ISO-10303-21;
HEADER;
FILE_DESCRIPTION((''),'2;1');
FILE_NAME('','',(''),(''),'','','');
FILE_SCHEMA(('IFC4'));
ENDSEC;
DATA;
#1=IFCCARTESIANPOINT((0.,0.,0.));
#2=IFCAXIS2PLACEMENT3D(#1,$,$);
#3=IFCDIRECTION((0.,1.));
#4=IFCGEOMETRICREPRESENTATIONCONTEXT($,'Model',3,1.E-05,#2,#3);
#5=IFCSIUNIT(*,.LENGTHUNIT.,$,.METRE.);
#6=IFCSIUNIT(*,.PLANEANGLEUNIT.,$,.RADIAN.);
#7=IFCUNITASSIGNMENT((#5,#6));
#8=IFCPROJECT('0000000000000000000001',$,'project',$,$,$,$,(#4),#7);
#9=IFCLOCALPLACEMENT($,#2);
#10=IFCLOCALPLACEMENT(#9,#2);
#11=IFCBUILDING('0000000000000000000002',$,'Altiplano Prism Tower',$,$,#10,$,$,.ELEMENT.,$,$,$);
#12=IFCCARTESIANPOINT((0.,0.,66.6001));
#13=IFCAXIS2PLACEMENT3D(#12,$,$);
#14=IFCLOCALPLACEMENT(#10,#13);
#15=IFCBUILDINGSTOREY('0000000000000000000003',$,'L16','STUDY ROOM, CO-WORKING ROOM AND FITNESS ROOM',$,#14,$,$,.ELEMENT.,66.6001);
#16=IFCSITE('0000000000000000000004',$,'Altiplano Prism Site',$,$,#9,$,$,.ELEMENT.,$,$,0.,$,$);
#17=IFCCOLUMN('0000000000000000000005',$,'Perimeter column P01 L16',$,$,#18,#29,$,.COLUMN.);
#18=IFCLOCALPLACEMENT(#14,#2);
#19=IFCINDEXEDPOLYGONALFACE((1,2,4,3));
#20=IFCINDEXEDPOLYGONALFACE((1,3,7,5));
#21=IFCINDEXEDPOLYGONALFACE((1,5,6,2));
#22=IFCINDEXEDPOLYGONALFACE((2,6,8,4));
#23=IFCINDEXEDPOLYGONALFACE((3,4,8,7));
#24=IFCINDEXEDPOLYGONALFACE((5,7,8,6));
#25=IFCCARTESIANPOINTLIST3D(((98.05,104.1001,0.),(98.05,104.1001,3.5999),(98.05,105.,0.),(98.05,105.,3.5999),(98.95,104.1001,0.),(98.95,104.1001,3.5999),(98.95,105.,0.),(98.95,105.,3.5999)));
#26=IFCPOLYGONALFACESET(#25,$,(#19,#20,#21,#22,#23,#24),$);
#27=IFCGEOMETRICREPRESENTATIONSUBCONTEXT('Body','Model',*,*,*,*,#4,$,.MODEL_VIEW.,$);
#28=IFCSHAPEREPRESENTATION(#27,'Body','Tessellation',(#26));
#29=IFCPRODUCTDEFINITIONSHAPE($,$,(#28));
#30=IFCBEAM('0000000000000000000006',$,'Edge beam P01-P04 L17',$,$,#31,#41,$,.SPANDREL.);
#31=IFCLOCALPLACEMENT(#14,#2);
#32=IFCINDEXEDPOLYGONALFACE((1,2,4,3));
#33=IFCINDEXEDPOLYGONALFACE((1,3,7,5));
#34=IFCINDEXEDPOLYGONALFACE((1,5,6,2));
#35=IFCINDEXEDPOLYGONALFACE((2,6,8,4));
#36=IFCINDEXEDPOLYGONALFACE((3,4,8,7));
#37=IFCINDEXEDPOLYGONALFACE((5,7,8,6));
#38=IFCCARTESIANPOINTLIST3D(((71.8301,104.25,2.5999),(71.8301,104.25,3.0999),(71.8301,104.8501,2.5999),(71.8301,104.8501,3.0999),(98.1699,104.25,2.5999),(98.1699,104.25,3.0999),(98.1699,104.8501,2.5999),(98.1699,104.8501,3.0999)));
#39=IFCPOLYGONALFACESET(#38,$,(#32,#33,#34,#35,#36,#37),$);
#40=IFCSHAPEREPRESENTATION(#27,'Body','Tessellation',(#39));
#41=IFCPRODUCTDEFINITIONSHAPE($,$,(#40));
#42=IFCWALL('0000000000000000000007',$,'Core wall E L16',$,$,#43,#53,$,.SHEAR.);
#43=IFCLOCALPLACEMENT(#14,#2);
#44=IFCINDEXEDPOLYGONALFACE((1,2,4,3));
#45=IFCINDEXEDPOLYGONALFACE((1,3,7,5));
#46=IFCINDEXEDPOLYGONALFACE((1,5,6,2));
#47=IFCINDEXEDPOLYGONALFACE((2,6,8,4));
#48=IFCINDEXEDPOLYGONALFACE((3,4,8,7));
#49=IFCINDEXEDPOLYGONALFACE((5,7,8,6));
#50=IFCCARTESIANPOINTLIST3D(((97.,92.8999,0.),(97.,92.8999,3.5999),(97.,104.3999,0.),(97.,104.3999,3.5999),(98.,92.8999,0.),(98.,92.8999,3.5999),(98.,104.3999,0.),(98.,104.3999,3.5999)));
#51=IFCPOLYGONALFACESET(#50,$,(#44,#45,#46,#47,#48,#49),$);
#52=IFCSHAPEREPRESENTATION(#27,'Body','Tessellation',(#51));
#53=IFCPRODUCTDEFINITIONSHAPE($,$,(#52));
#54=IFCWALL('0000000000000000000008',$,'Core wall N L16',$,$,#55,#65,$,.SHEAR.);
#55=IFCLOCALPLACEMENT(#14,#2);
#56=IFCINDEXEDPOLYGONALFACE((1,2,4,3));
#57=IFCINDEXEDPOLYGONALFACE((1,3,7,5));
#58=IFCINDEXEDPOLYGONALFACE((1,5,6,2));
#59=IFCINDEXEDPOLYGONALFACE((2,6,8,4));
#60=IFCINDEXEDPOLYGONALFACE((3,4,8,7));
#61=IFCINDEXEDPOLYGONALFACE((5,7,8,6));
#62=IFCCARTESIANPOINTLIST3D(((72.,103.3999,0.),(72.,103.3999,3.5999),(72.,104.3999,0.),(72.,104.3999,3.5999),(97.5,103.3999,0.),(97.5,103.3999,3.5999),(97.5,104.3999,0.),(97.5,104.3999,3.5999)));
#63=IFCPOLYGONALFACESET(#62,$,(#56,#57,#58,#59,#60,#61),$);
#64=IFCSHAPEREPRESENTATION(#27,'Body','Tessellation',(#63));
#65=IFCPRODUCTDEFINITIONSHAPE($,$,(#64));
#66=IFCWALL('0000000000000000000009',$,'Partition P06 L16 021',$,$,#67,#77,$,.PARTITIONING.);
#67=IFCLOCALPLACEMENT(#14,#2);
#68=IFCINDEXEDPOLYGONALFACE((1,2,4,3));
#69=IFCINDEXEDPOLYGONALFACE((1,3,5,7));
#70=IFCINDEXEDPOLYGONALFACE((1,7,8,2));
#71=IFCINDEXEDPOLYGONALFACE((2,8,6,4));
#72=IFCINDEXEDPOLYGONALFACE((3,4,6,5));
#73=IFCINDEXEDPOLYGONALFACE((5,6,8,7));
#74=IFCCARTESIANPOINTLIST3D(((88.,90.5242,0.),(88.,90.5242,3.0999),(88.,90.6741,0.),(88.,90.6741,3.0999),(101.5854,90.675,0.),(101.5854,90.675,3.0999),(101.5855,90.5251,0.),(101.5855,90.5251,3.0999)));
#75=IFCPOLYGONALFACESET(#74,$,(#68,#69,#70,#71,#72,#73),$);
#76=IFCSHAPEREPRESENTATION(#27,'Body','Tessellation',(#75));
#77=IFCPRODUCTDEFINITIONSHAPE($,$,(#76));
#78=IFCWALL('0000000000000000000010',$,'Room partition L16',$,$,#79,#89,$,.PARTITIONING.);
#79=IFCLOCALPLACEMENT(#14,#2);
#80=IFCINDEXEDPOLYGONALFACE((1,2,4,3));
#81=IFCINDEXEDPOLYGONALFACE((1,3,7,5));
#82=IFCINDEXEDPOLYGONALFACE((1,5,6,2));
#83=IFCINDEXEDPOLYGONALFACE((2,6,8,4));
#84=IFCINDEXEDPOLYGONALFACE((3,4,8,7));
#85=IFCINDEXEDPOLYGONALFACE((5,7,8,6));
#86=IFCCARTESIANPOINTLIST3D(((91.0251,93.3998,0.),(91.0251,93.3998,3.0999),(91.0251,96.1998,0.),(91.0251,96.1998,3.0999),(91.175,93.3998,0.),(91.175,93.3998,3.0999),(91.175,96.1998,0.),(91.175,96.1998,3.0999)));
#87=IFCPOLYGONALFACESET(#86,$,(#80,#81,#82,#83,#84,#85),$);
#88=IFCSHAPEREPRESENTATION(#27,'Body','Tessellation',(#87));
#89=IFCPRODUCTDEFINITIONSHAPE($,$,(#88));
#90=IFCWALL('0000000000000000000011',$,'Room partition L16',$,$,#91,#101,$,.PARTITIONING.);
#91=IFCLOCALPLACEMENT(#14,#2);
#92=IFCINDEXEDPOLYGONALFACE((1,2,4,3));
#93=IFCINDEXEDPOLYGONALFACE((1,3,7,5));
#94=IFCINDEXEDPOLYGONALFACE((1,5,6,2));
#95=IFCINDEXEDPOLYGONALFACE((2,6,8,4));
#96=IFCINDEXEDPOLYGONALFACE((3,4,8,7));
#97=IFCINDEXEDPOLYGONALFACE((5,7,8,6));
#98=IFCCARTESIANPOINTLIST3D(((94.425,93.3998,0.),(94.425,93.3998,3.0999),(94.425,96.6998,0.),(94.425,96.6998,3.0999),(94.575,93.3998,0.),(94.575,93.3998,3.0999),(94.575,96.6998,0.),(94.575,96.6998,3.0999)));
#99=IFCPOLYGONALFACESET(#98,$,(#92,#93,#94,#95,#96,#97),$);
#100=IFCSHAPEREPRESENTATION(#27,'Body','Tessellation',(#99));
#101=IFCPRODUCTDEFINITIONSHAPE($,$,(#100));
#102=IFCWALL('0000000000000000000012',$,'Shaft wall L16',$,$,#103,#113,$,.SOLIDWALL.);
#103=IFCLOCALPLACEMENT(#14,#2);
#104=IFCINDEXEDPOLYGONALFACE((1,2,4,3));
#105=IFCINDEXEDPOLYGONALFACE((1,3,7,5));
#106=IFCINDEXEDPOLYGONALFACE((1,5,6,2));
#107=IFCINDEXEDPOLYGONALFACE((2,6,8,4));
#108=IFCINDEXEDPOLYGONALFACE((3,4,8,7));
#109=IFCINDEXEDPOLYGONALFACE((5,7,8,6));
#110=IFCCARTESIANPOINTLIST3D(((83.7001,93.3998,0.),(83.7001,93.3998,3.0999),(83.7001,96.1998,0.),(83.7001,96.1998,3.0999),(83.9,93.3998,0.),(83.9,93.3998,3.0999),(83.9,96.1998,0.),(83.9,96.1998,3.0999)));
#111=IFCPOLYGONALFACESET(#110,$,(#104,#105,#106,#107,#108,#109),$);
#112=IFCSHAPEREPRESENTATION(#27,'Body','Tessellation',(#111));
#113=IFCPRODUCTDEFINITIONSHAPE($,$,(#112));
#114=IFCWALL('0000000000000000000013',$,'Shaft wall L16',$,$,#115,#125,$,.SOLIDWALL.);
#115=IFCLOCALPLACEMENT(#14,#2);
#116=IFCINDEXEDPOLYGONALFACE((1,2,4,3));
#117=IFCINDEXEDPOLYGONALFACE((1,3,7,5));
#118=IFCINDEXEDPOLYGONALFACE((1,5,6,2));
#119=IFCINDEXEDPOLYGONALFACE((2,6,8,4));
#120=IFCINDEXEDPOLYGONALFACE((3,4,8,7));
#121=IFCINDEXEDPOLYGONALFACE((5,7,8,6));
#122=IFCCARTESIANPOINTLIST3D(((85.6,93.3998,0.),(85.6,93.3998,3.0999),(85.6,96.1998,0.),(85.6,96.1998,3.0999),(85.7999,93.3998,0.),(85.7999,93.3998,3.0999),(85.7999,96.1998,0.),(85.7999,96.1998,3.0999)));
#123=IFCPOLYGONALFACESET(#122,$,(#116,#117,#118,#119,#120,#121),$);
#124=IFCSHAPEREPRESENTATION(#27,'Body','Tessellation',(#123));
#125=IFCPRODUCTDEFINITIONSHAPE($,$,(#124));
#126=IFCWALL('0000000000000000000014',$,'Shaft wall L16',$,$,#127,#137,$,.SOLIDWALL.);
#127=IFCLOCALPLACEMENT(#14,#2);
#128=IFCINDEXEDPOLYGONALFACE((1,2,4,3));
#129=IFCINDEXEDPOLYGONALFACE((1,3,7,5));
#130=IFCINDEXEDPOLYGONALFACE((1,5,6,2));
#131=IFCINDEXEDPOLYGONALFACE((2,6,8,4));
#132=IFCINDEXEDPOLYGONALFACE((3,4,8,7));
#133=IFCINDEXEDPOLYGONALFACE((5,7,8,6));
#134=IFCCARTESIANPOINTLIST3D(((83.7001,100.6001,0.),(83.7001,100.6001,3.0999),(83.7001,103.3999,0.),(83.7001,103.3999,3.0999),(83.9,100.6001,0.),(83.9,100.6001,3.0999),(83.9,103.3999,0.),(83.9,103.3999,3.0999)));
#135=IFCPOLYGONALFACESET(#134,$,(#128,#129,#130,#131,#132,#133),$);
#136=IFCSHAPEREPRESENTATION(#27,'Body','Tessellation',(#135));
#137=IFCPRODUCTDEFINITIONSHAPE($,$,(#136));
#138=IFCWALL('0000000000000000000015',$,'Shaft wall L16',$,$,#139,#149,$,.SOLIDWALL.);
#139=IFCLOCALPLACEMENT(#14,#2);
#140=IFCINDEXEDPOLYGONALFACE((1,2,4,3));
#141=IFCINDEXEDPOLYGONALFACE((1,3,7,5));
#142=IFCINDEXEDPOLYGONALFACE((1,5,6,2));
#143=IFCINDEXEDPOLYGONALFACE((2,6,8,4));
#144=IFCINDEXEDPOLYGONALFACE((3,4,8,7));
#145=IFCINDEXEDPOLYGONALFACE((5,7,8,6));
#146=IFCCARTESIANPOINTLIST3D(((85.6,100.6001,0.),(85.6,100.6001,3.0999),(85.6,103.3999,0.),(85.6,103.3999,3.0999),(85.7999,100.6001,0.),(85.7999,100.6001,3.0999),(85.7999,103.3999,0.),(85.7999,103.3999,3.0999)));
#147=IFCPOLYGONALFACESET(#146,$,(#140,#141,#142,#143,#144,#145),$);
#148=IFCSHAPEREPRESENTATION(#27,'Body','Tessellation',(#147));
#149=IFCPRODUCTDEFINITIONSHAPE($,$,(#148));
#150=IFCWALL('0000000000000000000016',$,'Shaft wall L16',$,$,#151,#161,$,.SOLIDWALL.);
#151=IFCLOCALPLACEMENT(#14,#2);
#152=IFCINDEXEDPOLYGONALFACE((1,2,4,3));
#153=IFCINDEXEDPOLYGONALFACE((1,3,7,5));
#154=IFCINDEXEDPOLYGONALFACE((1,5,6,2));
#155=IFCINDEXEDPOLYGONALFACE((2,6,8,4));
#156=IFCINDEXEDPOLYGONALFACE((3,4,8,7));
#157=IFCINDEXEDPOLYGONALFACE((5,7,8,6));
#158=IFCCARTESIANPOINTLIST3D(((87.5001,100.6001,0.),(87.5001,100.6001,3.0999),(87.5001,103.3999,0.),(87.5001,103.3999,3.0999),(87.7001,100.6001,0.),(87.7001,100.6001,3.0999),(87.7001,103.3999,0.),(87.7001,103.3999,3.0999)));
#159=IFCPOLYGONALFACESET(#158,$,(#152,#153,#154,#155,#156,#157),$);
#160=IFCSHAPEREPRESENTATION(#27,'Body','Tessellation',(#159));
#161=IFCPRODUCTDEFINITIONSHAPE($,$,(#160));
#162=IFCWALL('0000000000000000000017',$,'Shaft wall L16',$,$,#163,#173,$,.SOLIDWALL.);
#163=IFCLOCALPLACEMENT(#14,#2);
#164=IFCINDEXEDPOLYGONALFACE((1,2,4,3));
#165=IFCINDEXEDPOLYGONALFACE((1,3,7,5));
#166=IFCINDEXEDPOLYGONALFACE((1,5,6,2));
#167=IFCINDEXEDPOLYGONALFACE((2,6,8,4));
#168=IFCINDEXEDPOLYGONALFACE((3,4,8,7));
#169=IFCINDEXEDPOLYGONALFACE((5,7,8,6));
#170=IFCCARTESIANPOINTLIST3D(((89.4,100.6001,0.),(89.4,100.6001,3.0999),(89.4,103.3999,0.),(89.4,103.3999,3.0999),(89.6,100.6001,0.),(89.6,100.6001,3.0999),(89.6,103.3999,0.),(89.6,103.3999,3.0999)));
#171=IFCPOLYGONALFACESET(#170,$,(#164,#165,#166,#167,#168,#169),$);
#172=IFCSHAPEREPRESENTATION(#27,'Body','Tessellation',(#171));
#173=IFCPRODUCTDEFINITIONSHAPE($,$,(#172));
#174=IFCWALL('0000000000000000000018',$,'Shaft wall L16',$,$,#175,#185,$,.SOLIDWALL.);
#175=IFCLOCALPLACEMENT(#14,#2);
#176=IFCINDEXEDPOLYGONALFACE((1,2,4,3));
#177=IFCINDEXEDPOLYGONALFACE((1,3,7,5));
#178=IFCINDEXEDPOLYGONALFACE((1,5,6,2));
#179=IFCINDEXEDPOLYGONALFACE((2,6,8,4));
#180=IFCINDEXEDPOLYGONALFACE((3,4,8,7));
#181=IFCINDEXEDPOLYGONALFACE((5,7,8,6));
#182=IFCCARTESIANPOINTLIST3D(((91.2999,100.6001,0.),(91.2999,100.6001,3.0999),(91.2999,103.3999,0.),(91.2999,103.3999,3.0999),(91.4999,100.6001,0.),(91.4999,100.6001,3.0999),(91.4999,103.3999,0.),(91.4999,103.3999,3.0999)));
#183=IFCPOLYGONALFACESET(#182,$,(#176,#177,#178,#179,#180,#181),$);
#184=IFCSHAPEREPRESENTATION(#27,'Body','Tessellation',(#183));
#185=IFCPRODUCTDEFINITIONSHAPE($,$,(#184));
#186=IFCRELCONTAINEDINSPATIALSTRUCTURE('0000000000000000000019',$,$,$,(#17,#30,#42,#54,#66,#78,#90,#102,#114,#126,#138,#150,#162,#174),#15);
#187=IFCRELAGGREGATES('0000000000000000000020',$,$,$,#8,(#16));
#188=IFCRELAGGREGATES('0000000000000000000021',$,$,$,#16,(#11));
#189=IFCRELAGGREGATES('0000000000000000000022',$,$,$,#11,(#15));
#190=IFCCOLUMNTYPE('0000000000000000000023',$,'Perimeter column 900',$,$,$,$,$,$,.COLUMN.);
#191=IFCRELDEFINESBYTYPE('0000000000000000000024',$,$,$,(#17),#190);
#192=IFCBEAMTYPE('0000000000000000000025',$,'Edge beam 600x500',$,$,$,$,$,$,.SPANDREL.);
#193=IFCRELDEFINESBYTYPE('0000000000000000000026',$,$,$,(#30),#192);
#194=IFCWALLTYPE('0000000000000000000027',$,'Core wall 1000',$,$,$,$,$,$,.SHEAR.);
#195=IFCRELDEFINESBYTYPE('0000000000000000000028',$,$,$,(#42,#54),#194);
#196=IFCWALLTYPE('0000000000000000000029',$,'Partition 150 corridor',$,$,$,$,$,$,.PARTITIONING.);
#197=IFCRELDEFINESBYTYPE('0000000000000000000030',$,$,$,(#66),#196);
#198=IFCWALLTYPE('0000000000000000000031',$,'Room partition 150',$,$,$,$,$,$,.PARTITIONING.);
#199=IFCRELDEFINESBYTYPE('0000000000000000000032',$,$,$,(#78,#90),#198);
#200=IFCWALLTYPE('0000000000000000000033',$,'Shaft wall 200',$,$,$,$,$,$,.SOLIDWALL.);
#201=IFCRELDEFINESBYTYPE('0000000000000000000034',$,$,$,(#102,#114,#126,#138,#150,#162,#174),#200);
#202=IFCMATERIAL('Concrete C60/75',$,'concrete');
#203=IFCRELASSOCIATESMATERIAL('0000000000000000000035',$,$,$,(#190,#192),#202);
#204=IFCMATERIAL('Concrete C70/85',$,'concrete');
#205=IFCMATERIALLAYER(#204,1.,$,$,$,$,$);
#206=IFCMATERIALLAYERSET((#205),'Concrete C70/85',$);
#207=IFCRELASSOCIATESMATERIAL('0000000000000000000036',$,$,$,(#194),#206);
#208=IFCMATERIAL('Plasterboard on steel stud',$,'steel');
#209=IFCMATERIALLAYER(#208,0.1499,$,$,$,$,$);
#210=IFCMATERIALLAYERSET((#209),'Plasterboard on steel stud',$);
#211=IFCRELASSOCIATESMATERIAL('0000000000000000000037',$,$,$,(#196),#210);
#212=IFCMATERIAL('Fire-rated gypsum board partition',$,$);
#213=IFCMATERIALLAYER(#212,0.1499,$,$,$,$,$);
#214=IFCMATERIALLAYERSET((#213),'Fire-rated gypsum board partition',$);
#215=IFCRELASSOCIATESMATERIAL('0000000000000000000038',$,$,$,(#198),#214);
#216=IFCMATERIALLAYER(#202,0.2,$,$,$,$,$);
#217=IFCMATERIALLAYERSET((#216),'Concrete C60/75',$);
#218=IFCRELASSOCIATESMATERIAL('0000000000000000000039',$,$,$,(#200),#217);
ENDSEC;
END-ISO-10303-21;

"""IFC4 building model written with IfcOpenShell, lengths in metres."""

from ifc_helpers import new_model, si_unit, direction, frame, frame_2d, origin, origin_2d, place, context, subcontext, project, spatial, rectangle, extrude, material, layer, layer_set, material_profile, profile_set, type_object, element, save


model = new_model("IFC4")

# Units and contexts
model_context = context("Model", 3, precision=1e-05, world=origin(), true_north=direction((0.0, 1.0)))
body_context = subcontext(model_context, "Body", "Model", "MODEL_VIEW")
ifc_project = project(units=[si_unit("LENGTHUNIT", "METRE"), si_unit("PLANEANGLEUNIT", "RADIAN")], contexts=[model_context])

# Site, building, storey
site_placement = place(None, origin())
site = spatial("IfcSite", under=ifc_project, at=site_placement, Name="Altiplano Prism Site", CompositionType="ELEMENT", RefElevation=0.0)
building_placement = place(site_placement, origin())
building = spatial("IfcBuilding", under=site, at=building_placement, Name="Altiplano Prism Tower", CompositionType="ELEMENT")
storey_placement = place(building_placement, frame((0.0, 0.0, 66.6001)))
storey = spatial("IfcBuildingStorey", under=building, at=storey_placement, Name="L16", Description="STUDY ROOM, CO-WORKING ROOM AND FITNESS ROOM", CompositionType="ELEMENT", Elevation=66.6001)

# Column
ifc_material_1 = material(Name="Concrete C60/75", Category="concrete")
ifc_material_profile_1 = material_profile(ifc_material_1, rectangle(XDim=0.8999, YDim=0.8999, at=origin_2d()), Name="Perimeter column 900")
ifc_profile_set_1 = profile_set([ifc_material_profile_1], Name="Concrete C60/75")
column_type = type_object("IfcColumnType", Name="Perimeter column 900", PredefinedType="COLUMN", material=ifc_profile_set_1)
column_placement = place(storey_placement, frame((98.5, 104.55, 0.0), z_axis=(0.0, 0.0, 1.0), x_axis=(1.0, 0.0, 0.0)))
element("IfcColumn", 1, at=column_placement, inside=storey, type_object=column_type, Name="Perimeter column P01 L16", PredefinedType="COLUMN", context=body_context, shape_type="SweptSolid", body=[
    extrude(rectangle(XDim=0.8999, YDim=0.8999, at=origin_2d()), origin(), (0.0, 0.0, 1.0), 3.5999),
])

# Beam
ifc_material_profile_2 = material_profile(ifc_material_1, rectangle(XDim=0.6001, YDim=0.5, at=origin_2d()), Name="Edge beam 600x500")
ifc_profile_set_2 = profile_set([ifc_material_profile_2], Name="Concrete C60/75")
beam_type = type_object("IfcBeamType", Name="Edge beam 600x500", PredefinedType="SPANDREL", material=ifc_profile_set_2)
beam_placement = place(storey_placement, frame((98.1699, 104.55, 2.8499), z_axis=(-1.0, 0.0, 0.0), x_axis=(0.0, -1.0, 0.0)))
element("IfcBeam", 2, at=beam_placement, inside=storey, type_object=beam_type, Name="Edge beam P01-P04 L17", PredefinedType="SPANDREL", context=body_context, shape_type="SweptSolid", body=[
    extrude(rectangle(XDim=0.6001, YDim=0.5, at=origin_2d()), origin(), (0.0, 0.0, 1.0), 26.3398),
])

# Walls
ifc_material_2 = material(Name="Concrete C70/85", Category="concrete")
ifc_layer_1 = layer(ifc_material_2, 1.0)
ifc_layer_set_1 = layer_set([ifc_layer_1], Name="Concrete C70/85")
wall_type_1 = type_object("IfcWallType", Name="Core wall 1000", PredefinedType="SHEAR", material=ifc_layer_set_1)
wall_1_placement = place(storey_placement, frame((97.5, 92.8999, 0.0), z_axis=(0.0, 0.0, 1.0), x_axis=(0.0, 1.0, 0.0)))
element("IfcWall", 3, at=wall_1_placement, inside=storey, type_object=wall_type_1, Name="Core wall E L16", PredefinedType="SHEAR", context=body_context, shape_type="SweptSolid", body=[
    extrude(rectangle(XDim=11.5, YDim=1.0, at=frame_2d((5.75, 0.0))), origin(), (0.0, 0.0, 1.0), 3.5999),
])
wall_2_placement = place(storey_placement, frame((97.5, 103.8999, 0.0), z_axis=(0.0, 0.0, 1.0), x_axis=(-1.0, 0.0, 0.0)))
element("IfcWall", 4, at=wall_2_placement, inside=storey, type_object=wall_type_1, Name="Core wall N L16", PredefinedType="SHEAR", context=body_context, shape_type="SweptSolid", body=[
    extrude(rectangle(XDim=25.5, YDim=1.0, at=frame_2d((12.75, 0.0))), origin(), (0.0, 0.0, 1.0), 3.5999),
])
ifc_material_3 = material(Name="Plasterboard on steel stud", Category="steel")
ifc_layer_2 = layer(ifc_material_3, 0.1499)
ifc_layer_set_2 = layer_set([ifc_layer_2], Name="Plasterboard on steel stud")
wall_type_2 = type_object("IfcWallType", Name="Partition 150 corridor", PredefinedType="PARTITIONING", material=ifc_layer_set_2)
wall_3_placement = place(storey_placement, frame((88.0, 90.5991, 0.0), z_axis=(0.0, 0.0, 1.0), x_axis=(1.0, 0.000072, 0.0)))
element("IfcWall", 5, at=wall_3_placement, inside=storey, type_object=wall_type_2, Name="Partition P06 L16 021", PredefinedType="PARTITIONING", context=body_context, shape_type="SweptSolid", body=[
    extrude(rectangle(XDim=13.5854, YDim=0.1499, at=frame_2d((6.7927, 0.0))), origin(), (0.0, 0.0, 1.0), 3.0999),
])
ifc_material_4 = material(Name="Fire-rated gypsum board partition")
ifc_layer_3 = layer(ifc_material_4, 0.1499)
ifc_layer_set_3 = layer_set([ifc_layer_3], Name="Fire-rated gypsum board partition")
wall_type_3 = type_object("IfcWallType", Name="Room partition 150", PredefinedType="PARTITIONING", material=ifc_layer_set_3)
wall_4_placement = place(storey_placement, frame((91.1001, 93.3999, 0.0), z_axis=(0.0, 0.0, 1.0), x_axis=(0.0, 1.0, 0.0)))
element("IfcWall", 6, at=wall_4_placement, inside=storey, type_object=wall_type_3, Name="Room partition L16", PredefinedType="PARTITIONING", context=body_context, shape_type="SweptSolid", body=[
    extrude(rectangle(XDim=2.8, YDim=0.1499, at=frame_2d((1.3999, 0.0))), origin(), (0.0, 0.0, 1.0), 3.0999),
])
wall_5_placement = place(storey_placement, frame((94.5, 93.3999, 0.0), z_axis=(0.0, 0.0, 1.0), x_axis=(0.0, 1.0, 0.0)))
element("IfcWall", 7, at=wall_5_placement, inside=storey, type_object=wall_type_3, Name="Room partition L16", PredefinedType="PARTITIONING", context=body_context, shape_type="SweptSolid", body=[
    extrude(rectangle(XDim=3.3, YDim=0.1499, at=frame_2d((1.6499, 0.0))), origin(), (0.0, 0.0, 1.0), 3.0999),
])
ifc_layer_4 = layer(ifc_material_1, 0.2)
ifc_layer_set_4 = layer_set([ifc_layer_4], Name="Concrete C60/75")
wall_type_4 = type_object("IfcWallType", Name="Shaft wall 200", PredefinedType="SOLIDWALL", material=ifc_layer_set_4)
for number, where, z_axis, x_axis, name in (
    (8, (83.8, 93.3999, 0.0), (0.0, 0.0, 1.0), (0.0, 1.0, 0.0), "Shaft wall L16"),
    (9, (85.7, 93.3999, 0.0), (0.0, 0.0, 1.0), (0.0, 1.0, 0.0), "Shaft wall L16"),
):
    element("IfcWall", number, at=place(storey_placement, frame(where, z_axis=z_axis, x_axis=x_axis)), inside=storey, type_object=wall_type_4, Name=name, PredefinedType="SOLIDWALL", context=body_context, shape_type="SweptSolid", body=[
        extrude(rectangle(XDim=2.8, YDim=0.2, at=frame_2d((1.3999, 0.0))), origin(), (0.0, 0.0, 1.0), 3.0999),
    ])
for number, where, z_axis, x_axis, name in (
    (10, (83.8, 100.6001, 0.0), (0.0, 0.0, 1.0), (0.0, 1.0, 0.0), "Shaft wall L16"),
    (11, (85.7, 100.6001, 0.0), (0.0, 0.0, 1.0), (0.0, 1.0, 0.0), "Shaft wall L16"),
    (12, (87.6001, 100.6001, 0.0), (0.0, 0.0, 1.0), (0.0, 1.0, 0.0), "Shaft wall L16"),
    (13, (89.5, 100.6001, 0.0), (0.0, 0.0, 1.0), (0.0, 1.0, 0.0), "Shaft wall L16"),
    (14, (91.3999, 100.6001, 0.0), (0.0, 0.0, 1.0), (0.0, 1.0, 0.0), "Shaft wall L16"),
):
    element("IfcWall", number, at=place(storey_placement, frame(where, z_axis=z_axis, x_axis=x_axis)), inside=storey, type_object=wall_type_4, Name=name, PredefinedType="SOLIDWALL", context=body_context, shape_type="SweptSolid", body=[
        extrude(rectangle(XDim=2.7998, YDim=0.2, at=frame_2d((1.3999, 0.0))), origin(), (0.0, 0.0, 1.0), 3.0999),
    ])

save(model, "model.ifc")
